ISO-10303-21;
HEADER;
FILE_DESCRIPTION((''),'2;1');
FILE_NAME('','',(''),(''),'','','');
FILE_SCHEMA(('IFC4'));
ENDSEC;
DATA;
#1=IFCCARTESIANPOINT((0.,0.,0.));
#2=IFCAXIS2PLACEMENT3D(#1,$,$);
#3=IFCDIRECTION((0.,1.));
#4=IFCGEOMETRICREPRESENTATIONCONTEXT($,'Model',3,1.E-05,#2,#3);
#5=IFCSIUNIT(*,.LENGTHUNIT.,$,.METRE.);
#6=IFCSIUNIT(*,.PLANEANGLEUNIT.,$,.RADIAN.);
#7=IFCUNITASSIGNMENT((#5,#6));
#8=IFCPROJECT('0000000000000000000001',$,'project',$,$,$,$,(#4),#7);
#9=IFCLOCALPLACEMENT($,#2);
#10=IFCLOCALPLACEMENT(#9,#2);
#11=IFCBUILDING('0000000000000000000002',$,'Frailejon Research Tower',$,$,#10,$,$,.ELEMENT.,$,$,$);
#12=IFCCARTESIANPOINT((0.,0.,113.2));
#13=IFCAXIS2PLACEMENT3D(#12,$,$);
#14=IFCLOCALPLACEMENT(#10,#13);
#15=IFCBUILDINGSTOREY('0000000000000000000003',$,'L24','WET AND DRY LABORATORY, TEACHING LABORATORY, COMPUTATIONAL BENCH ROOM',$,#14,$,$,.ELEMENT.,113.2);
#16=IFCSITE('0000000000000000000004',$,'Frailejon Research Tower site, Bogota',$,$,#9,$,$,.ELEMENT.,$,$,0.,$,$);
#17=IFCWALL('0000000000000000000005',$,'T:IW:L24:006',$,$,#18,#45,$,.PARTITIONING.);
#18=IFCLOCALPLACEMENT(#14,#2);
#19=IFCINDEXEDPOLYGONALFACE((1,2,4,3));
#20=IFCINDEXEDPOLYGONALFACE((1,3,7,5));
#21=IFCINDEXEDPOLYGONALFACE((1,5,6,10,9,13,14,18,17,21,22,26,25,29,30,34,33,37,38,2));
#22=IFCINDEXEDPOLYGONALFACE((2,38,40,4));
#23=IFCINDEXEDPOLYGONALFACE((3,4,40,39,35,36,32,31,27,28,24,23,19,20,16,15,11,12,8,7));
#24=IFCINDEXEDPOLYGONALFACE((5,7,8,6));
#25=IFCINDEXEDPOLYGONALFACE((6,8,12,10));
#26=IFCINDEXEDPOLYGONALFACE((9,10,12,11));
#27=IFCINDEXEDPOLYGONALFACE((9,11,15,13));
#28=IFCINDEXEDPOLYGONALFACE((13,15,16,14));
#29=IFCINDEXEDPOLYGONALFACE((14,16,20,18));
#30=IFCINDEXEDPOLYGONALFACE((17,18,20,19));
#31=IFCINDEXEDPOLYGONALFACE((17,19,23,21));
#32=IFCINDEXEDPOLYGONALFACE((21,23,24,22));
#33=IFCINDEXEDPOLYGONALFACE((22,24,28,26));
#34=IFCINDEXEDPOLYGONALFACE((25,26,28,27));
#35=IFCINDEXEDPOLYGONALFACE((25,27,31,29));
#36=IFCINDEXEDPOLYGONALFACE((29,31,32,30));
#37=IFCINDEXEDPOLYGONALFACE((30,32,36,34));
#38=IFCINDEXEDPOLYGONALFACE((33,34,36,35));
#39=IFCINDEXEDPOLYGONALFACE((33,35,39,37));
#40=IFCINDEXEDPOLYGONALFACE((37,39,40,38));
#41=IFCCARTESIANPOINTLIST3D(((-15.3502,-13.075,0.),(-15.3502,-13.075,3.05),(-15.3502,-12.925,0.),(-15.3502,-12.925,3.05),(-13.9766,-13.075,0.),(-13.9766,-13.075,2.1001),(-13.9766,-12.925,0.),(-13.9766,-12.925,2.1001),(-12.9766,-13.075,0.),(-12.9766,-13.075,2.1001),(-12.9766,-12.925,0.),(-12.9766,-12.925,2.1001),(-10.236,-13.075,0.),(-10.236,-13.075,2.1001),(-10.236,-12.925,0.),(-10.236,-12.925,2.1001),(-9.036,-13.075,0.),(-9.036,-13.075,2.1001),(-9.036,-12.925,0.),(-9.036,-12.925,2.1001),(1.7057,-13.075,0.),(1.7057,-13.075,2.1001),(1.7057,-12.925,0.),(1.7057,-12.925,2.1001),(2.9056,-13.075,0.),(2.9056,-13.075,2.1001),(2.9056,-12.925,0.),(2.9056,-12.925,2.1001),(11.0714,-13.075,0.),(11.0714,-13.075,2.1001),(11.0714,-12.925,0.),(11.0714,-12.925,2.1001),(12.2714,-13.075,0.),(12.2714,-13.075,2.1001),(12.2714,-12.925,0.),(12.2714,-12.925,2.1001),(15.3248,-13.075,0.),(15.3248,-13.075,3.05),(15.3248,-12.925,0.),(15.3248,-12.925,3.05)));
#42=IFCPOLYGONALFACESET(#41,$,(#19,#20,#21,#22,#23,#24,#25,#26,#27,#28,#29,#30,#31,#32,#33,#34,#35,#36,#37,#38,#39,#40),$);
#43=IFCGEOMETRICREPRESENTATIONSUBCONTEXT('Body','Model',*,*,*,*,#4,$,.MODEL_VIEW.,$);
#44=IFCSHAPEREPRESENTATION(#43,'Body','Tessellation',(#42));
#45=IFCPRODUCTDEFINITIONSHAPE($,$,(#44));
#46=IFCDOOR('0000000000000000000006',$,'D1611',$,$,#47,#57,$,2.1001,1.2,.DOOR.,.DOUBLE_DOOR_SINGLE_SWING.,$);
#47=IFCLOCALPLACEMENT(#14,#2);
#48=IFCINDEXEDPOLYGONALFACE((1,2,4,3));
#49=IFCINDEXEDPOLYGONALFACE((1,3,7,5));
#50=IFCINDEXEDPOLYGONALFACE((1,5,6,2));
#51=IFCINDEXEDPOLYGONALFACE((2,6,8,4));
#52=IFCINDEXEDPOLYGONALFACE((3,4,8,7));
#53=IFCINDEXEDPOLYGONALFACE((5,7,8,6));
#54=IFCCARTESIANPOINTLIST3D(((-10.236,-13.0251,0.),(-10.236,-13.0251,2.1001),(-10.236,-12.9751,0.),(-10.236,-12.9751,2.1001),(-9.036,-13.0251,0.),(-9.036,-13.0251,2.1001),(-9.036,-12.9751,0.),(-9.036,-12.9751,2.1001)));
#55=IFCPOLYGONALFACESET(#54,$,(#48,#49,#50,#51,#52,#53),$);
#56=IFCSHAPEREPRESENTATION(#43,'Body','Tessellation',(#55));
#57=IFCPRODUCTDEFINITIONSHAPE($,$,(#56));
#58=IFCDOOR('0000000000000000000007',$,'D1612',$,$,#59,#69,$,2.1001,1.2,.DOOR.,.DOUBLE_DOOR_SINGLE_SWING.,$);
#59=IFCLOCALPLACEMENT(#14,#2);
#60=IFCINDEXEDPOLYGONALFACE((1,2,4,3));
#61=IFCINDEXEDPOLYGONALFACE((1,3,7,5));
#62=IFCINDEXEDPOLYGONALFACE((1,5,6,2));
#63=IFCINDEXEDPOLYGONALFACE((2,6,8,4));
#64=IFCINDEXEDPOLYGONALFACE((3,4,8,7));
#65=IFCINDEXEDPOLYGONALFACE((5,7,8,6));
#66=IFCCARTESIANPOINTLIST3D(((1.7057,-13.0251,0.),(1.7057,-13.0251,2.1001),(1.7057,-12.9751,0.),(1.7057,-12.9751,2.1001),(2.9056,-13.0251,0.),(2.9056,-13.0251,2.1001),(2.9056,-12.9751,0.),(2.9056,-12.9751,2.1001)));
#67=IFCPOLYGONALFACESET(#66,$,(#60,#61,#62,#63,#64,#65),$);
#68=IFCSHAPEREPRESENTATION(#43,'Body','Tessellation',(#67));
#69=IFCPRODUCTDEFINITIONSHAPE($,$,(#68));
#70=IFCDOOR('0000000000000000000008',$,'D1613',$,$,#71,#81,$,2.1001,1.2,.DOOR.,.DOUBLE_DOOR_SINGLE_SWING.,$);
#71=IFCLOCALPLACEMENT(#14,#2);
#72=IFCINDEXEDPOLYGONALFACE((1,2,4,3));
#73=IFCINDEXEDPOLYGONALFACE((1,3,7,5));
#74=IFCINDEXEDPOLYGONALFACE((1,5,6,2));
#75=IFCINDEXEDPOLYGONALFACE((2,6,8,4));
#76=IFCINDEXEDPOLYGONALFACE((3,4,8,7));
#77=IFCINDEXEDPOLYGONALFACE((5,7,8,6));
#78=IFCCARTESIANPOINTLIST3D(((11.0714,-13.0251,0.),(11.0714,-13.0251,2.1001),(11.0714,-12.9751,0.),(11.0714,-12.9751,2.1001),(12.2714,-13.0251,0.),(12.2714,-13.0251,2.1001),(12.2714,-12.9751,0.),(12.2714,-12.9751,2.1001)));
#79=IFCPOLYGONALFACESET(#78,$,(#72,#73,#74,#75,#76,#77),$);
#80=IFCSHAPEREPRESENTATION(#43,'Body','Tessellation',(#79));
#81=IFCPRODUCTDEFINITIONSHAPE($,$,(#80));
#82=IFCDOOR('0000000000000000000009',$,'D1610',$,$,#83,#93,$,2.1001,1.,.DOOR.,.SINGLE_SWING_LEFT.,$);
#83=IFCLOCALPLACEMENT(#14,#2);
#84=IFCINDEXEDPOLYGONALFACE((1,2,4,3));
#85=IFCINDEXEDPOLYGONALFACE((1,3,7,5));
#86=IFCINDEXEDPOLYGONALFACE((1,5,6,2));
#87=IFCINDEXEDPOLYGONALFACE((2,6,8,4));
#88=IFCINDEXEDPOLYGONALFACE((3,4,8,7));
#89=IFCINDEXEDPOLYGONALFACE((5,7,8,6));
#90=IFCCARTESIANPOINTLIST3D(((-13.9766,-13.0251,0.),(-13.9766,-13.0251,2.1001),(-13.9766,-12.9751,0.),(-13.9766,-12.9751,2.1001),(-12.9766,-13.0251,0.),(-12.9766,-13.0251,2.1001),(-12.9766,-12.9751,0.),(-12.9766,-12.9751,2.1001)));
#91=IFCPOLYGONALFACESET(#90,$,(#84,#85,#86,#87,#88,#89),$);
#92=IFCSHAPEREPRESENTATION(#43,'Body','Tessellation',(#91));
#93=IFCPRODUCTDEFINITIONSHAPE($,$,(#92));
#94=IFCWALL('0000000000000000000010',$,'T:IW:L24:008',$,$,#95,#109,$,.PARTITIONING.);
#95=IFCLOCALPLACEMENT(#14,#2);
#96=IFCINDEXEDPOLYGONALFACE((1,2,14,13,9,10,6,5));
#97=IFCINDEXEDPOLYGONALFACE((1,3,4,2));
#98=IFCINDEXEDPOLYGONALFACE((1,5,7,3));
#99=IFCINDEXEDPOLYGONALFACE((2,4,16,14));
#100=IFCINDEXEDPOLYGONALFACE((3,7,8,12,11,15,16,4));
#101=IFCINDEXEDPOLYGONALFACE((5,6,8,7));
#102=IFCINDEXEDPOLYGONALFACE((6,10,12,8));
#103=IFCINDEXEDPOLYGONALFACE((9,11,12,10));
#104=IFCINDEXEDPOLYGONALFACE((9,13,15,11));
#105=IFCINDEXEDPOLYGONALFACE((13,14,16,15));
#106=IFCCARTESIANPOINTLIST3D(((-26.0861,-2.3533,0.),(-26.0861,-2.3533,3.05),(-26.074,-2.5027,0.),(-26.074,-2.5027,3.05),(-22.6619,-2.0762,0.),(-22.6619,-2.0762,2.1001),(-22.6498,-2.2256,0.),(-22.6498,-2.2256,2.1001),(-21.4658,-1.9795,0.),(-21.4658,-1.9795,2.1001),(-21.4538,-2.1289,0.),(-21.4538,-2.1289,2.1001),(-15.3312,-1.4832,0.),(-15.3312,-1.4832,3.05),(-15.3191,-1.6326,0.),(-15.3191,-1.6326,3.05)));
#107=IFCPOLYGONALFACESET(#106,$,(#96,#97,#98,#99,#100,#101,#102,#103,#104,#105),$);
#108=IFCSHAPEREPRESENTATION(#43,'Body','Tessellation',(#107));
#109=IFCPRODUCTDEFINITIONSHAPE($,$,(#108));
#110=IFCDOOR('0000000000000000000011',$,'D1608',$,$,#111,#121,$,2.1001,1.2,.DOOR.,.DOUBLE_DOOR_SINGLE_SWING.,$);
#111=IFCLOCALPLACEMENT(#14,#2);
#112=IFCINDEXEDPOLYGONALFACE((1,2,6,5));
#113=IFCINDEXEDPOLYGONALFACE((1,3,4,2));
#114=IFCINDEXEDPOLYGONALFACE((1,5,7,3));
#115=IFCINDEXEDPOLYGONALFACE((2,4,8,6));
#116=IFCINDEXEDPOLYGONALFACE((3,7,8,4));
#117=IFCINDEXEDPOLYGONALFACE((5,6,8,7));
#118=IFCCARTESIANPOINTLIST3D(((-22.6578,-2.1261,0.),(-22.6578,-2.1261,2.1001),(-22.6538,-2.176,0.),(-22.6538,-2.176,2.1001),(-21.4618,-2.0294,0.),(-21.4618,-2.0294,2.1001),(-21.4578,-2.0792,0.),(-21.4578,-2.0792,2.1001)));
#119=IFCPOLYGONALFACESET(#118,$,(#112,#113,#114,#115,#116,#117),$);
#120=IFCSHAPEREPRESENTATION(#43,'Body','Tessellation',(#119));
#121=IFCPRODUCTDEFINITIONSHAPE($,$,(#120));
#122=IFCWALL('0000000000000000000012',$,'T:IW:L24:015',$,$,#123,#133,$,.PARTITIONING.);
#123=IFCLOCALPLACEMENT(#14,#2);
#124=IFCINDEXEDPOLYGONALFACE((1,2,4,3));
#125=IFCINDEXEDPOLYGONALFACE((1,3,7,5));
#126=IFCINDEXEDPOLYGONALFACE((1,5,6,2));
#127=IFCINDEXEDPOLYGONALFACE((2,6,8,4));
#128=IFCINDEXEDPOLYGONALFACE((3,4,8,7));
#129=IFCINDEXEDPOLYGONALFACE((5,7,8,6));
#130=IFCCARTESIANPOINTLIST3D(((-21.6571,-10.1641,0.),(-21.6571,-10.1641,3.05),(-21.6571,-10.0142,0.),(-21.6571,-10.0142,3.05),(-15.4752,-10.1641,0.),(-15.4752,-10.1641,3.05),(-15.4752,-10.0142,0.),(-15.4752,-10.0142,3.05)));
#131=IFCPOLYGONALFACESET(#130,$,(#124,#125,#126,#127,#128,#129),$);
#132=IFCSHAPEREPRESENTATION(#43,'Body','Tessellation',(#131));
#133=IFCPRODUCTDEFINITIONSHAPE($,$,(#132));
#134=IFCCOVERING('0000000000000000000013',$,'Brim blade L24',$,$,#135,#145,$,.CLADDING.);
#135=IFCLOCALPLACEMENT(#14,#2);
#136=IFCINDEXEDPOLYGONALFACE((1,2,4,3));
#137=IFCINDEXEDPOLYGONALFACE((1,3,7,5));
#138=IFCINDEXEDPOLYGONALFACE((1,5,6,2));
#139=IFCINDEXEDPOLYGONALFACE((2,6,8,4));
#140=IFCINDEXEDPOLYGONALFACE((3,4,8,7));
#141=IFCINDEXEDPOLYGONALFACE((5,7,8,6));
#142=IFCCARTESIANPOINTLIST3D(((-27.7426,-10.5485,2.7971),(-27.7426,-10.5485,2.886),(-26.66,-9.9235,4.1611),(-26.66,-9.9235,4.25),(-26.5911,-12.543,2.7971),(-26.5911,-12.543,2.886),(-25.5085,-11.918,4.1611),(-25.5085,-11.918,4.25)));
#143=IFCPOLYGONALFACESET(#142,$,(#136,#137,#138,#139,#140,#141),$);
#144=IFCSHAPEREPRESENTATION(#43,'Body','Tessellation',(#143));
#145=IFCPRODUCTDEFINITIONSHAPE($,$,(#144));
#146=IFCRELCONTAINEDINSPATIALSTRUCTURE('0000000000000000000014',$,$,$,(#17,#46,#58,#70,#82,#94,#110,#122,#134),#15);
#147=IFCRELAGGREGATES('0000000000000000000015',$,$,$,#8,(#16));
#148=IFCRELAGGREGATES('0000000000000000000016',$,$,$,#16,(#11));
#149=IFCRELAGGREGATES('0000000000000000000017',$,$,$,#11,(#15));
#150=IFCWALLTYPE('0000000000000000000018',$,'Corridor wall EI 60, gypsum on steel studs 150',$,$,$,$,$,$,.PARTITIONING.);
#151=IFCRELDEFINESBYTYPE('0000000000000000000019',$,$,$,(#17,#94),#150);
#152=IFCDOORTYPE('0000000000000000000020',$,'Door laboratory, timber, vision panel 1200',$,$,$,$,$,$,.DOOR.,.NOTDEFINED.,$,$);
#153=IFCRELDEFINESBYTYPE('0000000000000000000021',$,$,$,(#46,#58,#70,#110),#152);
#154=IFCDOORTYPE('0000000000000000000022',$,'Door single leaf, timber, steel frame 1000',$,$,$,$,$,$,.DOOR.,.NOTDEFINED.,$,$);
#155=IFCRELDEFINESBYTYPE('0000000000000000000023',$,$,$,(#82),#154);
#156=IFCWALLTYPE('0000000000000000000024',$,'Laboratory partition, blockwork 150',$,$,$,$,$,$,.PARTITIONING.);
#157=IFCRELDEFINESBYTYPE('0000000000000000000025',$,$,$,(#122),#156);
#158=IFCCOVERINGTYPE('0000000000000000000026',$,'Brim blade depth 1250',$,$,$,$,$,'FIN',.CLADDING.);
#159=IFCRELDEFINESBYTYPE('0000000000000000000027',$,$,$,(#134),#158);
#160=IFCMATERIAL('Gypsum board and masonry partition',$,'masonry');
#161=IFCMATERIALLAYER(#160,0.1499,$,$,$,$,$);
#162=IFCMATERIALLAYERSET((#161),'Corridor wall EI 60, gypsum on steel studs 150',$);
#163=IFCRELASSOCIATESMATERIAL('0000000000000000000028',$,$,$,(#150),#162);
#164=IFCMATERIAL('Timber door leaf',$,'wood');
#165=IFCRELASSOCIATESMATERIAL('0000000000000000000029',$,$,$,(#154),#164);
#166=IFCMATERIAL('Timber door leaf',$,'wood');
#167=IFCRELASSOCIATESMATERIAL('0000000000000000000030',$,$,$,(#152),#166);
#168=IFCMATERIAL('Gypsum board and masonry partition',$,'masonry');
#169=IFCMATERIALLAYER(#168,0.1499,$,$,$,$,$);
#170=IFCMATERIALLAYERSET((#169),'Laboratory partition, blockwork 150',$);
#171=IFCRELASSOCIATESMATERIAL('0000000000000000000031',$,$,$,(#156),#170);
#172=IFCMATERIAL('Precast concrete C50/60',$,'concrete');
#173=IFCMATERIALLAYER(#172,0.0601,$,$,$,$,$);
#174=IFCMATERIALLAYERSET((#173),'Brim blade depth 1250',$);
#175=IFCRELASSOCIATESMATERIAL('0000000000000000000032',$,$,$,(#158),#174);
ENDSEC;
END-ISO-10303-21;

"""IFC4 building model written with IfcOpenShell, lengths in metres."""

from ifc_helpers import new_model, si_unit, direction, frame, frame_2d, origin, place, context, subcontext, project, spatial, polyline, rectangle, outline, extrude, material, layer, layer_set, type_object, element, fill, save


model = new_model("IFC4")

# Units and contexts
model_context = context("Model", 3, precision=1e-05, world=origin(), true_north=direction((0.0, 1.0)))
body_context = subcontext(model_context, "Body", "Model", "MODEL_VIEW")
ifc_project = project(units=[si_unit("LENGTHUNIT", "METRE"), si_unit("PLANEANGLEUNIT", "RADIAN")], contexts=[model_context])

# Site, building, storey
site_placement = place(None, origin())
site = spatial("IfcSite", under=ifc_project, at=site_placement, Name="Frailejon Research Tower site, Bogota", CompositionType="ELEMENT", RefElevation=0.0)
building_placement = place(site_placement, origin())
building = spatial("IfcBuilding", under=site, at=building_placement, Name="Frailejon Research Tower", CompositionType="ELEMENT")
storey_placement = place(building_placement, frame((0.0, 0.0, 113.2)))
storey = spatial("IfcBuildingStorey", under=building, at=storey_placement, Name="L24", Description="WET AND DRY LABORATORY, TEACHING LABORATORY, COMPUTATIONAL BENCH ROOM", CompositionType="ELEMENT", Elevation=113.2)

# Shared definitions
ifc_material_1 = material(Name="Gypsum board and masonry partition", Category="masonry")
ifc_layer_1 = layer(ifc_material_1, 0.1499)
ifc_layer_set_1 = layer_set([ifc_layer_1], Name="Corridor wall EI 60, gypsum on steel studs 150")
wall_type_1 = type_object("IfcWallType", Name="Corridor wall EI 60, gypsum on steel studs 150", PredefinedType="PARTITIONING", material=ifc_layer_set_1)
ifc_material_2 = material(Name="Timber door leaf", Category="wood")
door_type_1 = type_object("IfcDoorType", Name="Door single leaf, timber, steel frame 1000", OperationType="NOTDEFINED", PredefinedType="DOOR", material=ifc_material_2)

# Wall, openings, doors
wall_1_placement = place(storey_placement, frame((-15.3501, -13.0, 0.0), z_axis=(0.0, 0.0, 1.0), x_axis=(1.0, 0.0, 0.0)))
wall_1 = element("IfcWall", 1, at=wall_1_placement, inside=storey, type_object=wall_type_1, Name="T:IW:L24:006", PredefinedType="PARTITIONING", context=body_context, shape_type="SweptSolid", body=[
    extrude(rectangle(XDim=30.675, YDim=0.1499, at=frame_2d((15.3374, 0.0))), origin(), (0.0, 0.0, 1.0), 3.05),
])
opening_1_placement = place(wall_1_placement, frame((1.3735, 0.0, 0.0)))
opening_1 = element("IfcOpeningElement", 2, at=opening_1_placement, cuts=wall_1, PredefinedType="OPENING", context=body_context, shape_type="SweptSolid", body=[
    extrude(rectangle(XDim=1.0, YDim=2.1001, at=frame_2d((0.5, 1.05))), frame((0.0, 0.085, 0.0), z_axis=(0.0, -1.0, 0.0), x_axis=(1.0, 0.0, 0.0)), (0.0, 0.0, 1.0), 0.1699),
])
opening_2_placement = place(wall_1_placement, frame((5.114, 0.0, 0.0)))
opening_2 = element("IfcOpeningElement", 3, at=opening_2_placement, cuts=wall_1, PredefinedType="OPENING", context=body_context, shape_type="SweptSolid", body=[
    extrude(rectangle(XDim=1.2, YDim=2.1001, at=frame_2d((0.6001, 1.05))), frame((0.0, 0.085, 0.0), z_axis=(0.0, -1.0, 0.0), x_axis=(1.0, 0.0, 0.0)), (0.0, 0.0, 1.0), 0.1699),
])
opening_3_placement = place(wall_1_placement, frame((17.0557, 0.0, 0.0)))
opening_3 = element("IfcOpeningElement", 4, at=opening_3_placement, cuts=wall_1, PredefinedType="OPENING", context=body_context, shape_type="SweptSolid", body=[
    extrude(rectangle(XDim=1.2, YDim=2.1001, at=frame_2d((0.6001, 1.05))), frame((0.0, 0.085, 0.0), z_axis=(0.0, -1.0, 0.0), x_axis=(1.0, 0.0, 0.0)), (0.0, 0.0, 1.0), 0.1699),
])
opening_4_placement = place(wall_1_placement, frame((26.4214, 0.0, 0.0)))
opening_4 = element("IfcOpeningElement", 5, at=opening_4_placement, cuts=wall_1, PredefinedType="OPENING", context=body_context, shape_type="SweptSolid", body=[
    extrude(rectangle(XDim=1.2, YDim=2.1001, at=frame_2d((0.6001, 1.05))), frame((0.0, 0.085, 0.0), z_axis=(0.0, -1.0, 0.0), x_axis=(1.0, 0.0, 0.0)), (0.0, 0.0, 1.0), 0.1699),
])
ifc_material_3 = material(Name="Timber door leaf", Category="wood")
door_type_2 = type_object("IfcDoorType", Name="Door laboratory, timber, vision panel 1200", OperationType="NOTDEFINED", PredefinedType="DOOR", material=ifc_material_3)
door_1_placement = place(opening_2_placement, origin())
door_1 = element("IfcDoor", 6, at=door_1_placement, inside=storey, type_object=door_type_2, Name="D1611", OperationType="DOUBLE_DOOR_SINGLE_SWING", OverallHeight=2.1001, OverallWidth=1.2, PredefinedType="DOOR", context=body_context, shape_type="SweptSolid", body=[
    extrude(rectangle(XDim=1.2, YDim=2.1001, at=frame_2d((0.6001, 1.05))), frame((0.0, 0.0249, 0.0), z_axis=(0.0, -1.0, 0.0), x_axis=(1.0, 0.0, 0.0)), (0.0, 0.0, 1.0), 0.05),
])
fill(opening_2, door_1)
door_2_placement = place(opening_3_placement, origin())
door_2 = element("IfcDoor", 7, at=door_2_placement, inside=storey, type_object=door_type_2, Name="D1612", OperationType="DOUBLE_DOOR_SINGLE_SWING", OverallHeight=2.1001, OverallWidth=1.2, PredefinedType="DOOR", context=body_context, shape_type="SweptSolid", body=[
    extrude(rectangle(XDim=1.2, YDim=2.1001, at=frame_2d((0.6001, 1.05))), frame((0.0, 0.0249, 0.0), z_axis=(0.0, -1.0, 0.0), x_axis=(1.0, 0.0, 0.0)), (0.0, 0.0, 1.0), 0.05),
])
fill(opening_3, door_2)
door_3_placement = place(opening_4_placement, origin())
door_3 = element("IfcDoor", 8, at=door_3_placement, inside=storey, type_object=door_type_2, Name="D1613", OperationType="DOUBLE_DOOR_SINGLE_SWING", OverallHeight=2.1001, OverallWidth=1.2, PredefinedType="DOOR", context=body_context, shape_type="SweptSolid", body=[
    extrude(rectangle(XDim=1.2, YDim=2.1001, at=frame_2d((0.6001, 1.05))), frame((0.0, 0.0249, 0.0), z_axis=(0.0, -1.0, 0.0), x_axis=(1.0, 0.0, 0.0)), (0.0, 0.0, 1.0), 0.05),
])
fill(opening_4, door_3)
door_4_placement = place(opening_1_placement, origin())
door_4 = element("IfcDoor", 9, at=door_4_placement, inside=storey, type_object=door_type_1, Name="D1610", OperationType="SINGLE_SWING_LEFT", OverallHeight=2.1001, OverallWidth=1.0, PredefinedType="DOOR", context=body_context, shape_type="SweptSolid", body=[
    extrude(rectangle(XDim=1.0, YDim=2.1001, at=frame_2d((0.5, 1.05))), frame((0.0, 0.0249, 0.0), z_axis=(0.0, -1.0, 0.0), x_axis=(1.0, 0.0, 0.0)), (0.0, 0.0, 1.0), 0.05),
])
fill(opening_1, door_4)

# Wall, opening, door
wall_2_placement = place(storey_placement, frame((-26.0801, -2.428, 0.0), z_axis=(0.0, 0.0, 1.0), x_axis=(0.996743, 0.080641, 0.0)))
wall_2 = element("IfcWall", 10, at=wall_2_placement, inside=storey, type_object=wall_type_1, Name="T:IW:L24:008", PredefinedType="PARTITIONING", context=body_context, shape_type="SweptSolid", body=[
    extrude(rectangle(XDim=10.79, YDim=0.1499, at=frame_2d((5.395, 0.0))), origin(), (0.0, 0.0, 1.0), 3.05),
])
opening_5_placement = place(wall_2_placement, frame((3.4353, 0.0, 0.0)))
opening_5 = element("IfcOpeningElement", 11, at=opening_5_placement, cuts=wall_2, PredefinedType="OPENING", context=body_context, shape_type="SweptSolid", body=[
    extrude(rectangle(XDim=1.2, YDim=2.1001, at=frame_2d((0.6001, 1.05))), frame((0.0, 0.085, 0.0), z_axis=(0.0, -1.0, 0.0), x_axis=(1.0, 0.0, 0.0)), (0.0, 0.0, 1.0), 0.1699),
])
door_5_placement = place(opening_5_placement, origin())
door_5 = element("IfcDoor", 12, at=door_5_placement, inside=storey, type_object=door_type_2, Name="D1608", OperationType="DOUBLE_DOOR_SINGLE_SWING", OverallHeight=2.1001, OverallWidth=1.2, PredefinedType="DOOR", context=body_context, shape_type="SweptSolid", body=[
    extrude(rectangle(XDim=1.2, YDim=2.1001, at=frame_2d((0.6001, 1.05))), frame((0.0, 0.0249, 0.0), z_axis=(0.0, -1.0, 0.0), x_axis=(1.0, 0.0, 0.0)), (0.0, 0.0, 1.0), 0.05),
])
fill(opening_5, door_5)

# Wall
ifc_material_4 = material(Name="Gypsum board and masonry partition", Category="masonry")
ifc_layer_2 = layer(ifc_material_4, 0.1499)
ifc_layer_set_2 = layer_set([ifc_layer_2], Name="Laboratory partition, blockwork 150")
wall_type_2 = type_object("IfcWallType", Name="Laboratory partition, blockwork 150", PredefinedType="PARTITIONING", material=ifc_layer_set_2)
wall_3_placement = place(storey_placement, frame((-21.657, -10.0891, 0.0), z_axis=(0.0, 0.0, 1.0), x_axis=(1.0, 0.0, 0.0)))
element("IfcWall", 13, at=wall_3_placement, inside=storey, type_object=wall_type_2, Name="T:IW:L24:015", PredefinedType="PARTITIONING", context=body_context, shape_type="SweptSolid", body=[
    extrude(rectangle(XDim=6.1819, YDim=0.1499, at=frame_2d((3.0908, 0.0))), origin(), (0.0, 0.0, 1.0), 3.05),
])

# Covering
ifc_material_5 = material(Name="Precast concrete C50/60", Category="concrete")
ifc_layer_3 = layer(ifc_material_5, 0.0601)
ifc_layer_set_3 = layer_set([ifc_layer_3], Name="Brim blade depth 1250")
covering_type = type_object("IfcCoveringType", Name="Brim blade depth 1250", ElementType="FIN", PredefinedType="CLADDING", material=ifc_layer_set_3)
covering_placement = place(storey_placement, frame((-25.5085, -11.918, 4.25), z_axis=(-0.500005, 0.866023, 0.0), x_axis=(-0.866023, -0.500005, 0.0)))
element("IfcCovering", 14, at=covering_placement, inside=storey, type_object=covering_type, Name="Brim blade L24", PredefinedType="CLADDING", context=body_context, shape_type="SweptSolid", body=[
    extrude(outline(polyline([(0.0, -0.0889), (1.25, -1.4529), (1.25, -1.364), (0.0, 0.0), (0.0, -0.0889)])), origin(), (0.0, 0.0, 1.0), 2.303),
])

save(model, "model.ifc")
